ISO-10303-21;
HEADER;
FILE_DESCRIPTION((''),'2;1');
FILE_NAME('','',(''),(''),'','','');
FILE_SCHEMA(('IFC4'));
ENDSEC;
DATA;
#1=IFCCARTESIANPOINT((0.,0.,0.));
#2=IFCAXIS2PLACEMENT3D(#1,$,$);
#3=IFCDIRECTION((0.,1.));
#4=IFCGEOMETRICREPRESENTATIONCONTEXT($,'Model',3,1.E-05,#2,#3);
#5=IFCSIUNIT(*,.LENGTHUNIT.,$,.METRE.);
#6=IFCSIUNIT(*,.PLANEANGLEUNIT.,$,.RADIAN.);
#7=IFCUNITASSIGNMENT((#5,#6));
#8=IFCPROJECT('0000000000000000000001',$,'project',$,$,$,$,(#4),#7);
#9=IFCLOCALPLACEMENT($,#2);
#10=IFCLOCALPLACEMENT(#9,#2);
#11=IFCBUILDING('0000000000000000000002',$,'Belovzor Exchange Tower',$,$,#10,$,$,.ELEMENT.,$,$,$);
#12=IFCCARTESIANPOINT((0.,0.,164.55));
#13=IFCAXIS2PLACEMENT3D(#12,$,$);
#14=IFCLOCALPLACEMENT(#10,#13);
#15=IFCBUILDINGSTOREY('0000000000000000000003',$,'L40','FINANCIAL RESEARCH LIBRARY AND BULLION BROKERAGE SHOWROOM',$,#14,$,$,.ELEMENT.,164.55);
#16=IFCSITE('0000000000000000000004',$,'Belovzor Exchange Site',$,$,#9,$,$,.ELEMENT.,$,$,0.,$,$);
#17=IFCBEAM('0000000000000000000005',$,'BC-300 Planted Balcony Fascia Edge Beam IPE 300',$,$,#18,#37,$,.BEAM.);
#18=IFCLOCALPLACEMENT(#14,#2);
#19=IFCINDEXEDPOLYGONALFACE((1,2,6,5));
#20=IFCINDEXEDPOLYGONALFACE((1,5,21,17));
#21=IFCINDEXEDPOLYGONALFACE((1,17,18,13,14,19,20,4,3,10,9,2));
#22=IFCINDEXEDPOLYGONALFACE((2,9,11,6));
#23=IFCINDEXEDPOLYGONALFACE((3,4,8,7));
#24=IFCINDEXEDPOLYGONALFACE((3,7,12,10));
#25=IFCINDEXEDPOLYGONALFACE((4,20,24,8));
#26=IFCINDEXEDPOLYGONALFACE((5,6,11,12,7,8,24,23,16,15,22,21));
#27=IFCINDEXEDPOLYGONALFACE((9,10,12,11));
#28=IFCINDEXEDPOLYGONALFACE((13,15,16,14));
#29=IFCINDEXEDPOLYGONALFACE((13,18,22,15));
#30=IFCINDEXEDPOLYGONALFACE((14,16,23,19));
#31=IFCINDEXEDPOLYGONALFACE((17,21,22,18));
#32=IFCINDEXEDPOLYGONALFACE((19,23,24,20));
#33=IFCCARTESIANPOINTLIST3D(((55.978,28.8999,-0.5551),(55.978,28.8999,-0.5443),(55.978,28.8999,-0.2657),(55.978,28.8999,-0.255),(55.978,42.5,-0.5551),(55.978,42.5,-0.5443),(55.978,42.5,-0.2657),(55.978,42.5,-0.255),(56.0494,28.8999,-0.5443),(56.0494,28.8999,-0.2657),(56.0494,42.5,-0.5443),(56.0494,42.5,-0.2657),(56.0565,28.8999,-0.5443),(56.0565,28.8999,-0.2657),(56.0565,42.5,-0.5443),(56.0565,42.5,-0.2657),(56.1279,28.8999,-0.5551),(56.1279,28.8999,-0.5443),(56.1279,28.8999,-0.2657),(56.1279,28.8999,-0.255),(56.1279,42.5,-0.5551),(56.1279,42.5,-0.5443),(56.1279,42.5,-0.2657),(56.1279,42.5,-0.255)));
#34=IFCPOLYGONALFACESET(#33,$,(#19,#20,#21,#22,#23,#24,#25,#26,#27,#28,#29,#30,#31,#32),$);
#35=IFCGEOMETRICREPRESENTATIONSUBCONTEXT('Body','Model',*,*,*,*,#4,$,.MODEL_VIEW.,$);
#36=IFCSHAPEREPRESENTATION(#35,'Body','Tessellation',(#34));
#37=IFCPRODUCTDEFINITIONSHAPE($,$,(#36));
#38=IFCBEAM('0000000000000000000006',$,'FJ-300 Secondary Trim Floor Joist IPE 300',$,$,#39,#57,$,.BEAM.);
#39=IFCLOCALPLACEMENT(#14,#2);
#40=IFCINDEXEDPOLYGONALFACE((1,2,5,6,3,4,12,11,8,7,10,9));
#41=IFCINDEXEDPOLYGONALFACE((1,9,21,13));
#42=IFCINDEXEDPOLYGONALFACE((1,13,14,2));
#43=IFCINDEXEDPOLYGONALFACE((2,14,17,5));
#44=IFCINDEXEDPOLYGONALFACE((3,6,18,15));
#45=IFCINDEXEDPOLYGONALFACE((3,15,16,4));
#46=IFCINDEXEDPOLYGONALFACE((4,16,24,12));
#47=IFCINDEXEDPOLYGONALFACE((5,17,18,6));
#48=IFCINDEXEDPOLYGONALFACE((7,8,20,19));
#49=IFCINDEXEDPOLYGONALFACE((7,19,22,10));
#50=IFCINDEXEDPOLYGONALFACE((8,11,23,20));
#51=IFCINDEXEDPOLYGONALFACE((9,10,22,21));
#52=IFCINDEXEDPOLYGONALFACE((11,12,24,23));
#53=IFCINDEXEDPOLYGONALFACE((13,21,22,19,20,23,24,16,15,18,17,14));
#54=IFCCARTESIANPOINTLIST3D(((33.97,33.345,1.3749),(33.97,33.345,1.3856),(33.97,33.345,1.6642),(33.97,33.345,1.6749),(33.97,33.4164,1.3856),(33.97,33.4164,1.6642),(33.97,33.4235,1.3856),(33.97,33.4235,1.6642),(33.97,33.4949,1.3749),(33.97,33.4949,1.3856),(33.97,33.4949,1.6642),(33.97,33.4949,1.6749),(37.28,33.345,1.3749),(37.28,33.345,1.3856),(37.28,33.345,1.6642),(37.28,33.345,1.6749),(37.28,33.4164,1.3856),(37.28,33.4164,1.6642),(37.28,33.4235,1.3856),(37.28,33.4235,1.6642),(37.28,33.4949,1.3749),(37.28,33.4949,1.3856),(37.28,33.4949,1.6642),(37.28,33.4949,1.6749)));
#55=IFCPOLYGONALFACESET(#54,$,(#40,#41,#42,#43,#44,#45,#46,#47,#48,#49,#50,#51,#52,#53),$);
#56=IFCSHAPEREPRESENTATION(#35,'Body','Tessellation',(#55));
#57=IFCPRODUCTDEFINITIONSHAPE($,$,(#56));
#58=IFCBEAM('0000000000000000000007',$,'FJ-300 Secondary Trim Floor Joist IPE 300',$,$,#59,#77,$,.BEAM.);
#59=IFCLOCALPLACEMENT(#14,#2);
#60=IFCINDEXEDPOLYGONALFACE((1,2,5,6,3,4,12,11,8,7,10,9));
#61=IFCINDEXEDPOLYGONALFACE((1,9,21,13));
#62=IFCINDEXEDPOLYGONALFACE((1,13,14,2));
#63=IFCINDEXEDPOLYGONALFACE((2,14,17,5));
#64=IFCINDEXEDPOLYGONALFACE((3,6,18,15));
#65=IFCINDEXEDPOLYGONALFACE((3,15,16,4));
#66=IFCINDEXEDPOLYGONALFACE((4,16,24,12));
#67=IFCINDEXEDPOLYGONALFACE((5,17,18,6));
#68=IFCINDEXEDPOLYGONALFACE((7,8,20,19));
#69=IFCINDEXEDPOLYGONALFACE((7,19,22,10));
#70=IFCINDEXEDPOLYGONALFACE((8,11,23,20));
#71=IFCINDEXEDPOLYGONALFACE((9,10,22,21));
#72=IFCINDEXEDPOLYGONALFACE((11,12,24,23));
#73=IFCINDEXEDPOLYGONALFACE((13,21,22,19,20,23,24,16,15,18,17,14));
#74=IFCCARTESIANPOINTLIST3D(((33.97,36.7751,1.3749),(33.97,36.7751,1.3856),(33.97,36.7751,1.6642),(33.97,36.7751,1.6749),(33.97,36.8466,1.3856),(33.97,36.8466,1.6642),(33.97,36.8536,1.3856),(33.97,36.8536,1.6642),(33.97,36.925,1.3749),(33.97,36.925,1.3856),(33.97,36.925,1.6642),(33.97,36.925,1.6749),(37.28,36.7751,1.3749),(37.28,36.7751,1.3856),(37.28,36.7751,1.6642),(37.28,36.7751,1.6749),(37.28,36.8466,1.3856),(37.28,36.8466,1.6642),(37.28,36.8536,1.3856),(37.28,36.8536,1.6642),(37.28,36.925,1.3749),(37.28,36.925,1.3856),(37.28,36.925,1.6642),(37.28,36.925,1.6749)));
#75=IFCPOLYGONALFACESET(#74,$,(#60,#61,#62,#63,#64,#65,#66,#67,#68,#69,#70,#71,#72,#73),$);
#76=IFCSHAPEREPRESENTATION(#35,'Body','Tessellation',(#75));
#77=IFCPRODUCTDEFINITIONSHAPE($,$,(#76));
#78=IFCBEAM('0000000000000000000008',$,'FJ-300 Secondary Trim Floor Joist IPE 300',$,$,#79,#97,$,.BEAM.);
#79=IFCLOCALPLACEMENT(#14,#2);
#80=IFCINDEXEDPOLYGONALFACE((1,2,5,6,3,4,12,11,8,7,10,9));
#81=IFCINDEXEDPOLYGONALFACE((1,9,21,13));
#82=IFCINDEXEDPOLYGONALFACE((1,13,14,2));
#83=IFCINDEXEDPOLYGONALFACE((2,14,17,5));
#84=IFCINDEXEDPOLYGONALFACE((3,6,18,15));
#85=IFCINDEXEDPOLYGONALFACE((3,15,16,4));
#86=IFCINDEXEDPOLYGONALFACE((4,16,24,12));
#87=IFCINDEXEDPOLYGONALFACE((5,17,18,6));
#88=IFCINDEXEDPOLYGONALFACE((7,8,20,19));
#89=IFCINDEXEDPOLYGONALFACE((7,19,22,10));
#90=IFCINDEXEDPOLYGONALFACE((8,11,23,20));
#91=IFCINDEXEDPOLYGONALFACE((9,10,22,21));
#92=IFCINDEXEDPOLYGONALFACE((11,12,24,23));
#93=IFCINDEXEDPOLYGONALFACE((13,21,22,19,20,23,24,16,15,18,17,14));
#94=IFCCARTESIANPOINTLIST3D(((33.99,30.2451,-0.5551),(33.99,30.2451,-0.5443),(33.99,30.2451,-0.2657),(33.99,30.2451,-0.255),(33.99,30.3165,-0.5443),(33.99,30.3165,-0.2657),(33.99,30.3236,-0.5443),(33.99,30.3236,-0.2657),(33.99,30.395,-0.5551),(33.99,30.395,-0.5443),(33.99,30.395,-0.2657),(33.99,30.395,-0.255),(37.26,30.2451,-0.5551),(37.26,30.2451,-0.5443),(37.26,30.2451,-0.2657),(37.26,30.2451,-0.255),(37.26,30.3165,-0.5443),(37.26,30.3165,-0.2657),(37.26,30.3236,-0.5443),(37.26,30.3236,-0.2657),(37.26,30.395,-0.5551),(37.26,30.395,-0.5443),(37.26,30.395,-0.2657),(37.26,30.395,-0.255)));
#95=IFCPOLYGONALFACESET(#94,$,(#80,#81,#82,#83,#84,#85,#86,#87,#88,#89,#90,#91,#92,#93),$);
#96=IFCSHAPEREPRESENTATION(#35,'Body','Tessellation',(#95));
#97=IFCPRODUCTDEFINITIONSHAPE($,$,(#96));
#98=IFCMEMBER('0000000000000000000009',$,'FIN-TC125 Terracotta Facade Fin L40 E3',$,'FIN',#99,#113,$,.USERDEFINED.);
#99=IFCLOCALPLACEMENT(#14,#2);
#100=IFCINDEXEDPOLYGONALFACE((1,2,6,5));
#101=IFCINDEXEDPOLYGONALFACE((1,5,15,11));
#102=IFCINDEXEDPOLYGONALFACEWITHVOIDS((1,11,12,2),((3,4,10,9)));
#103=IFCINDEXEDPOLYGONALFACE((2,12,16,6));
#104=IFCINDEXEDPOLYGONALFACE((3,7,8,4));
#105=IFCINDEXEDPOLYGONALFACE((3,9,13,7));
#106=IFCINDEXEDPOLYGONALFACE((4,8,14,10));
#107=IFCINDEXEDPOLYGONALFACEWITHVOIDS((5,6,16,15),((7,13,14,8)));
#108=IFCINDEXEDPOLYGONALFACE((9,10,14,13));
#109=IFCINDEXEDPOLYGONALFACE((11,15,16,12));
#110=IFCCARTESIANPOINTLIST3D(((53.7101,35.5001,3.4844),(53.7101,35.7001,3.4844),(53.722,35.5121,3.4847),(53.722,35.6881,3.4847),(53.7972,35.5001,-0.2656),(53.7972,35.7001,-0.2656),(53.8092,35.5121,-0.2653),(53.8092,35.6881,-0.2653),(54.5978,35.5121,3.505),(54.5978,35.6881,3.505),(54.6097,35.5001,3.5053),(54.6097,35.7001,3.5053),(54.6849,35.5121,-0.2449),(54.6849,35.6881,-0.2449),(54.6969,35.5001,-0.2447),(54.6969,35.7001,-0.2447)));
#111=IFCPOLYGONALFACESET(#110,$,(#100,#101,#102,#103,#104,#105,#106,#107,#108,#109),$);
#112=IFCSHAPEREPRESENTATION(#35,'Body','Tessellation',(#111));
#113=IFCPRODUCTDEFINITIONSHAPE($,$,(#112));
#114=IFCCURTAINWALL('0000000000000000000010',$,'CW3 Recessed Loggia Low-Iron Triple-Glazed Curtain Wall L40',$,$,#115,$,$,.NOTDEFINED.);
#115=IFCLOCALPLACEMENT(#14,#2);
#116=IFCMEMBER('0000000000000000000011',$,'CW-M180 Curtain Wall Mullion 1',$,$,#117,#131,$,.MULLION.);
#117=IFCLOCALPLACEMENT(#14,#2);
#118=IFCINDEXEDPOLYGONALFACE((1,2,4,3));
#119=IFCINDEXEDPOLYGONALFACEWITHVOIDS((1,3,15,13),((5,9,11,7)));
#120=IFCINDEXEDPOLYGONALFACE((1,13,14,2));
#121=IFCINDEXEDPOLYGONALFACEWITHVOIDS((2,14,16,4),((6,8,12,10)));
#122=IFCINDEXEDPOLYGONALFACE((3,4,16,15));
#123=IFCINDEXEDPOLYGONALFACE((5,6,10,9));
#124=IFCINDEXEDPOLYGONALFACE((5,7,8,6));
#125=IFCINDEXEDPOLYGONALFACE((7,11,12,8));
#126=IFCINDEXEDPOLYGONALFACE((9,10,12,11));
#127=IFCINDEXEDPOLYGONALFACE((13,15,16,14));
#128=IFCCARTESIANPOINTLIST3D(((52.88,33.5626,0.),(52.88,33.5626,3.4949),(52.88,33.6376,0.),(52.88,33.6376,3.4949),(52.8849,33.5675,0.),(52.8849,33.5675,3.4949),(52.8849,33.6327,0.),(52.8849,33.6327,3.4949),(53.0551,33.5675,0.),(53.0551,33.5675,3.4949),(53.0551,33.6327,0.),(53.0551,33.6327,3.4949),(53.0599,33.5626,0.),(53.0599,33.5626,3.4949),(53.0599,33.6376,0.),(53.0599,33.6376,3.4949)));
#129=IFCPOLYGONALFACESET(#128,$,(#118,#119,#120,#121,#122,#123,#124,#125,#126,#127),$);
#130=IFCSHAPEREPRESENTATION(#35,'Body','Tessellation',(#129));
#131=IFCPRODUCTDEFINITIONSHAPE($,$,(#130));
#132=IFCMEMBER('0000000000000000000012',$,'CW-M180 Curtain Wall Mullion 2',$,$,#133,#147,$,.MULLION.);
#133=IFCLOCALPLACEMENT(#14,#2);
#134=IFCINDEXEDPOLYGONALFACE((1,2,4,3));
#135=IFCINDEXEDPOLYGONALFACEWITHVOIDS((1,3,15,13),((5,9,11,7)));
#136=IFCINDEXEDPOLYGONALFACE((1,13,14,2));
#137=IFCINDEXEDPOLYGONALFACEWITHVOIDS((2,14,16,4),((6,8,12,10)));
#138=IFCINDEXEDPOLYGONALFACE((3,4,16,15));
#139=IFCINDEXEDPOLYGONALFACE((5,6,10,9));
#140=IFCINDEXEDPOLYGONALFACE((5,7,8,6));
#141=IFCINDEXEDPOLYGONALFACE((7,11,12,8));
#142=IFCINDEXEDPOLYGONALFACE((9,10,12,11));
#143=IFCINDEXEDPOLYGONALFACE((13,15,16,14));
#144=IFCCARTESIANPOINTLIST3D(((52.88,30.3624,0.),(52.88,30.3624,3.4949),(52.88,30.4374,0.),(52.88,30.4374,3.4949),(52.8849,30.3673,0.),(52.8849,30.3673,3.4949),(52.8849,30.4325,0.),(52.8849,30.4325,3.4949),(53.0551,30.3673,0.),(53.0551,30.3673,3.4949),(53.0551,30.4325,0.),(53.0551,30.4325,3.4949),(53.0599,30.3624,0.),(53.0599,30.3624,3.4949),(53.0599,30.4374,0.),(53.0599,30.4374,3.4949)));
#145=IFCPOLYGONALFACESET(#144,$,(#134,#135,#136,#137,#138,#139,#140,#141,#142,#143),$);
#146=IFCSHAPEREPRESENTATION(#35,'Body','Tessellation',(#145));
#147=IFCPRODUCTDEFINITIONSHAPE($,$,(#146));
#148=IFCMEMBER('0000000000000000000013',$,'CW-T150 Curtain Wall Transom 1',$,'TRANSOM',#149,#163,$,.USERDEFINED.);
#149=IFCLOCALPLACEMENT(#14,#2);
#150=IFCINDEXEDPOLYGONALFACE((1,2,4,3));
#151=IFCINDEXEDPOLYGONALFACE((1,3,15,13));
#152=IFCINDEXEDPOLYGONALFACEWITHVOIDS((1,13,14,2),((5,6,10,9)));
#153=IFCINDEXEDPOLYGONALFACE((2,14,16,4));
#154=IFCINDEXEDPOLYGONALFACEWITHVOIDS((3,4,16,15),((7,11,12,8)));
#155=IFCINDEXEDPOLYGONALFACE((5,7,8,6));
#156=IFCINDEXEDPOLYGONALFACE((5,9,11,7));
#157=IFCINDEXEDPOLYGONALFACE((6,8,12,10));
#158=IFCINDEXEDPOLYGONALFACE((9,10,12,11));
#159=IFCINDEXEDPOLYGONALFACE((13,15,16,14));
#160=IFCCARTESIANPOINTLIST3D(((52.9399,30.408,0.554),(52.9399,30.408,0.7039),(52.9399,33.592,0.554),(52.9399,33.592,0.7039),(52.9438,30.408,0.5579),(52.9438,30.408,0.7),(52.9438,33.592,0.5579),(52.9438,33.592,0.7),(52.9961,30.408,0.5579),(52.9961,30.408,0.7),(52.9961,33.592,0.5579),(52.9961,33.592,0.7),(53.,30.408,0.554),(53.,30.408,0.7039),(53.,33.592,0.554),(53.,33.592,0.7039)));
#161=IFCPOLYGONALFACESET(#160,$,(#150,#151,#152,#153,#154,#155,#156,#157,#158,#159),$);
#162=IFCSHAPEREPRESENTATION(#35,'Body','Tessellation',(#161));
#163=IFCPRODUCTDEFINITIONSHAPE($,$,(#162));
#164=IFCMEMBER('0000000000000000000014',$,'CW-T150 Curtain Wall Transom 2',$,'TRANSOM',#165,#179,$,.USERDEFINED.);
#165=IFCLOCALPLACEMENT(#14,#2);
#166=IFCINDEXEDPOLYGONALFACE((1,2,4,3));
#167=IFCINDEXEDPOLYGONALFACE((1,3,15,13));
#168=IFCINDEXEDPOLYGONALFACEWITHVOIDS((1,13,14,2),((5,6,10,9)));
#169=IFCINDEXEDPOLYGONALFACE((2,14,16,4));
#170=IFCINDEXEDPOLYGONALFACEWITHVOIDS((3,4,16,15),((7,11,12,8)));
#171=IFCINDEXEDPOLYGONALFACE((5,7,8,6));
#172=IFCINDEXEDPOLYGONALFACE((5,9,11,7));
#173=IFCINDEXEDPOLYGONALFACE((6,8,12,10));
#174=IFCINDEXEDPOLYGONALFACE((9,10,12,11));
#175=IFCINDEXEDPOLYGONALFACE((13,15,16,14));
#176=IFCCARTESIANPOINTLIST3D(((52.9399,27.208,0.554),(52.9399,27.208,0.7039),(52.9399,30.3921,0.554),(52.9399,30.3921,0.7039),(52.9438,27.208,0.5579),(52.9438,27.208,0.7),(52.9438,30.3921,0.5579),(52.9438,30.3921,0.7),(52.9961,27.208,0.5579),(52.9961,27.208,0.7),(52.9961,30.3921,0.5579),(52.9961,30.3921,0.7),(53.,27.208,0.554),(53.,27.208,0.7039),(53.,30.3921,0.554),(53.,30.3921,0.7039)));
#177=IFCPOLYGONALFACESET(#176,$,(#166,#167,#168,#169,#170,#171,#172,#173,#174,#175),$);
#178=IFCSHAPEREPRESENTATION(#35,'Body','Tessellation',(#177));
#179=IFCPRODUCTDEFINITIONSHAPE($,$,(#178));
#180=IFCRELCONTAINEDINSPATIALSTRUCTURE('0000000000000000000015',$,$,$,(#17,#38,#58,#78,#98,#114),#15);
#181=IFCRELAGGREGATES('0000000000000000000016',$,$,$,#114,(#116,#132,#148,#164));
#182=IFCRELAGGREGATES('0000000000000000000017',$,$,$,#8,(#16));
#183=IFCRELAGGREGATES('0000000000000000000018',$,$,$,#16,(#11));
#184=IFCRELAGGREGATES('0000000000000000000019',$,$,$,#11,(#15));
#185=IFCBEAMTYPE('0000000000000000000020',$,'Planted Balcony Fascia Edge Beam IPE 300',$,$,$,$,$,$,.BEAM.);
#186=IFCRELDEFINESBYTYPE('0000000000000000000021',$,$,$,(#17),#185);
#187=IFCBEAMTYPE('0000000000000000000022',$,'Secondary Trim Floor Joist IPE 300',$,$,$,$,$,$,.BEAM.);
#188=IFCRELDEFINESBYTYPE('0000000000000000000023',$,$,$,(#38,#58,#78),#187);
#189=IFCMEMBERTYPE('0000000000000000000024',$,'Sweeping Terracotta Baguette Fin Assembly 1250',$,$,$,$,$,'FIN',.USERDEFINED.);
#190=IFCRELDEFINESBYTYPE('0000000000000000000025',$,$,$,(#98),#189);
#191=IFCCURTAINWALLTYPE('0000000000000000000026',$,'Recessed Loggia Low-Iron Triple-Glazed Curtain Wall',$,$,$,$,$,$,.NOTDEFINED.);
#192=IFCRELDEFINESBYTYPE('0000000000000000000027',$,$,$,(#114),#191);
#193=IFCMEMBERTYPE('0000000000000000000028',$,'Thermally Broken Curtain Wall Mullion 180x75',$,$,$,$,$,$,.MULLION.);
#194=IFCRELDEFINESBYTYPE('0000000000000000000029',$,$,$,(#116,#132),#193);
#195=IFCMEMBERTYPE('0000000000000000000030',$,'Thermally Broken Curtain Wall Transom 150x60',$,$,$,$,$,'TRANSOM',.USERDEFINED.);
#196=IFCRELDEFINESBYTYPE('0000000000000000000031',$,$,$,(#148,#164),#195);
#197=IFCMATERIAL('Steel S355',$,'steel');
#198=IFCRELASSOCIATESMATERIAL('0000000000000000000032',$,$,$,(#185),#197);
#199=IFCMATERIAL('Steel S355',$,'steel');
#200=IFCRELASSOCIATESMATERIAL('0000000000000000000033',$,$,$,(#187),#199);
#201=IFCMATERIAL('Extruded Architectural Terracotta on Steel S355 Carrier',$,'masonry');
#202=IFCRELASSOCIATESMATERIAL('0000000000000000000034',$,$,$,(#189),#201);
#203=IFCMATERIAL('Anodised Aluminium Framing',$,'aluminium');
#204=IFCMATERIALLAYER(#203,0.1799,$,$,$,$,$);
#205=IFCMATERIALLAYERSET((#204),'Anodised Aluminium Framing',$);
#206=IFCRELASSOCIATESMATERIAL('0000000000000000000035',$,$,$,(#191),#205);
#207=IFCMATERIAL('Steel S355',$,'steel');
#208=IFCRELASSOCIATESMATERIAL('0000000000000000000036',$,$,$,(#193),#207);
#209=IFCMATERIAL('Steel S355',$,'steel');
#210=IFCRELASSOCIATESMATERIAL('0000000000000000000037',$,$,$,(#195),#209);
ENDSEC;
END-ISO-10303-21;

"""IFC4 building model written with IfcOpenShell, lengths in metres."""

from ifc_helpers import new_model, si_unit, direction, frame, origin, origin_2d, place, context, subcontext, project, spatial, hollow_rectangle, i_section, extrude, material, layer, layer_set, material_profile, profile_set, type_object, element, aggregate, save


model = new_model("IFC4")

# Units and contexts
model_context = context("Model", 3, precision=1e-05, world=origin(), true_north=direction((0.0, 1.0)))
body_context = subcontext(model_context, "Body", "Model", "MODEL_VIEW")
ifc_project = project(units=[si_unit("LENGTHUNIT", "METRE"), si_unit("PLANEANGLEUNIT", "RADIAN")], contexts=[model_context])

# Site, building, storey
site_placement = place(None, origin())
site = spatial("IfcSite", under=ifc_project, at=site_placement, Name="Belovzor Exchange Site", CompositionType="ELEMENT", RefElevation=0.0)
building_placement = place(site_placement, origin())
building = spatial("IfcBuilding", under=site, at=building_placement, Name="Belovzor Exchange Tower", CompositionType="ELEMENT")
storey_placement = place(building_placement, frame((0.0, 0.0, 164.55)))
storey = spatial("IfcBuildingStorey", under=building, at=storey_placement, Name="L40", Description="FINANCIAL RESEARCH LIBRARY AND BULLION BROKERAGE SHOWROOM", CompositionType="ELEMENT", Elevation=164.55)

# Beams
ifc_material_1 = material(Name="Steel S355", Category="steel")
ifc_material_profile_1 = material_profile(ifc_material_1, i_section(OverallWidth=0.1499, OverallDepth=0.3, WebThickness=0.0071, FlangeThickness=0.0107, at=origin_2d()))
ifc_profile_set_1 = profile_set([ifc_material_profile_1], Name="Steel S355")
beam_type_1 = type_object("IfcBeamType", Name="Planted Balcony Fascia Edge Beam IPE 300", PredefinedType="BEAM", material=ifc_profile_set_1)
beam_1_placement = place(storey_placement, frame((56.053, 28.8999, -0.405), z_axis=(0.0, 1.0, 0.0), x_axis=(-1.0, 0.0, 0.0)))
element("IfcBeam", 1, at=beam_1_placement, inside=storey, type_object=beam_type_1, Name="BC-300 Planted Balcony Fascia Edge Beam IPE 300", PredefinedType="BEAM", context=body_context, shape_type="SweptSolid", body=[
    extrude(i_section(OverallWidth=0.1499, OverallDepth=0.3, WebThickness=0.0071, FlangeThickness=0.0107, at=origin_2d()), origin(), (0.0, 0.0, 1.0), 13.6001),
])
ifc_material_2 = material(Name="Steel S355", Category="steel")
ifc_material_profile_2 = material_profile(ifc_material_2, i_section(OverallWidth=0.1499, OverallDepth=0.3, WebThickness=0.0071, FlangeThickness=0.0107, at=origin_2d()))
ifc_profile_set_2 = profile_set([ifc_material_profile_2], Name="Steel S355")
beam_type_2 = type_object("IfcBeamType", Name="Secondary Trim Floor Joist IPE 300", PredefinedType="BEAM", material=ifc_profile_set_2)
for number, where, z_axis, x_axis, name in (
    (2, (37.28, 33.4199, 1.5249), (-1.0, 0.0, 0.0), (0.0, -1.0, 0.0), "FJ-300 Secondary Trim Floor Joist IPE 300"),
    (3, (37.28, 36.8501, 1.5249), (-1.0, 0.0, 0.0), (0.0, -1.0, 0.0), "FJ-300 Secondary Trim Floor Joist IPE 300"),
):
    element("IfcBeam", number, at=place(storey_placement, frame(where, z_axis=z_axis, x_axis=x_axis)), inside=storey, type_object=beam_type_2, Name=name, PredefinedType="BEAM", context=body_context, shape_type="SweptSolid", body=[
        extrude(i_section(OverallWidth=0.1499, OverallDepth=0.3, WebThickness=0.0071, FlangeThickness=0.0107, at=origin_2d()), origin(), (0.0, 0.0, 1.0), 3.3101),
    ])
beam_2_placement = place(storey_placement, frame((37.26, 30.3201, -0.405), z_axis=(-1.0, 0.0, 0.0), x_axis=(0.0, -1.0, 0.0)))
element("IfcBeam", 4, at=beam_2_placement, inside=storey, type_object=beam_type_2, Name="FJ-300 Secondary Trim Floor Joist IPE 300", PredefinedType="BEAM", context=body_context, shape_type="SweptSolid", body=[
    extrude(i_section(OverallWidth=0.1499, OverallDepth=0.3, WebThickness=0.0071, FlangeThickness=0.0107, at=origin_2d()), origin(), (0.0, 0.0, 1.0), 3.27),
])

# Member
ifc_material_3 = material(Name="Extruded Architectural Terracotta on Steel S355 Carrier", Category="masonry")
ifc_material_profile_3 = material_profile(ifc_material_3, hollow_rectangle(XDim=0.2, YDim=0.8999, WallThickness=0.012, at=origin_2d()))
ifc_profile_set_3 = profile_set([ifc_material_profile_3], Name="Extruded Architectural Terracotta on Steel S355 Carrier")
member_type_1 = type_object("IfcMemberType", Name="Sweeping Terracotta Baguette Fin Assembly 1250", ElementType="FIN", PredefinedType="USERDEFINED", material=ifc_profile_set_3)
member_1_placement = place(storey_placement, frame((54.2471, 35.6001, -0.2551), z_axis=(-0.023236, 0.0, 0.99973), x_axis=(0.0, -1.0, 0.0)))
element("IfcMember", 5, at=member_1_placement, inside=storey, type_object=member_type_1, Name="FIN-TC125 Terracotta Facade Fin L40 E3", ObjectType="FIN", PredefinedType="USERDEFINED", context=body_context, shape_type="SweptSolid", body=[
    extrude(hollow_rectangle(XDim=0.2, YDim=0.8999, WallThickness=0.012, at=origin_2d()), origin(), (0.0, 0.0, 1.0), 3.751),
])

# Curtain wall, members
ifc_material_4 = material(Name="Anodised Aluminium Framing", Category="aluminium")
ifc_layer_1 = layer(ifc_material_4, 0.1799)
ifc_layer_set_1 = layer_set([ifc_layer_1], Name="Anodised Aluminium Framing")
curtain_wall_type = type_object("IfcCurtainWallType", Name="Recessed Loggia Low-Iron Triple-Glazed Curtain Wall", PredefinedType="NOTDEFINED", material=ifc_layer_set_1)
curtain_wall_placement = place(storey_placement, origin())
curtain_wall = element("IfcCurtainWall", 6, at=curtain_wall_placement, inside=storey, type_object=curtain_wall_type, Name="CW3 Recessed Loggia Low-Iron Triple-Glazed Curtain Wall L40", PredefinedType="NOTDEFINED")
ifc_material_5 = material(Name="Steel S355", Category="steel")
ifc_material_profile_4 = material_profile(ifc_material_5, hollow_rectangle(XDim=0.075, YDim=0.1799, WallThickness=0.0049, at=origin_2d()))
ifc_profile_set_4 = profile_set([ifc_material_profile_4], Name="Steel S355")
member_type_2 = type_object("IfcMemberType", Name="Thermally Broken Curtain Wall Mullion 180x75", PredefinedType="MULLION", material=ifc_profile_set_4)
member_2_placement = place(storey_placement, frame((52.97, 33.6001, 0.0), z_axis=(0.0, 0.0, 1.0), x_axis=(0.0, -1.0, 0.0)))
member_2 = element("IfcMember", 7, at=member_2_placement, type_object=member_type_2, Name="CW-M180 Curtain Wall Mullion 1", PredefinedType="MULLION", context=body_context, shape_type="SweptSolid", body=[
    extrude(hollow_rectangle(XDim=0.075, YDim=0.1799, WallThickness=0.0049, at=origin_2d()), origin(), (0.0, 0.0, 1.0), 3.4949),
])
member_3_placement = place(storey_placement, frame((52.97, 30.3999, 0.0), z_axis=(0.0, 0.0, 1.0), x_axis=(0.0, -1.0, 0.0)))
member_3 = element("IfcMember", 8, at=member_3_placement, type_object=member_type_2, Name="CW-M180 Curtain Wall Mullion 2", PredefinedType="MULLION", context=body_context, shape_type="SweptSolid", body=[
    extrude(hollow_rectangle(XDim=0.075, YDim=0.1799, WallThickness=0.0049, at=origin_2d()), origin(), (0.0, 0.0, 1.0), 3.4949),
])
ifc_material_6 = material(Name="Steel S355", Category="steel")
ifc_material_profile_5 = material_profile(ifc_material_6, hollow_rectangle(XDim=0.0601, YDim=0.1499, WallThickness=0.0039, at=origin_2d()))
ifc_profile_set_5 = profile_set([ifc_material_profile_5], Name="Steel S355")
member_type_3 = type_object("IfcMemberType", Name="Thermally Broken Curtain Wall Transom 150x60", ElementType="TRANSOM", PredefinedType="USERDEFINED", material=ifc_profile_set_5)
member_4_placement = place(storey_placement, frame((52.97, 33.592, 0.6289), z_axis=(0.0, -1.0, 0.0), x_axis=(1.0, 0.0, 0.0)))
member_4 = element("IfcMember", 9, at=member_4_placement, type_object=member_type_3, Name="CW-T150 Curtain Wall Transom 1", ObjectType="TRANSOM", PredefinedType="USERDEFINED", context=body_context, shape_type="SweptSolid", body=[
    extrude(hollow_rectangle(XDim=0.0601, YDim=0.1499, WallThickness=0.0039, at=origin_2d()), origin(), (0.0, 0.0, 1.0), 3.1841),
])
member_5_placement = place(storey_placement, frame((52.97, 30.3921, 0.6289), z_axis=(0.0, -1.0, 0.0), x_axis=(1.0, 0.0, 0.0)))
member_5 = element("IfcMember", 10, at=member_5_placement, type_object=member_type_3, Name="CW-T150 Curtain Wall Transom 2", ObjectType="TRANSOM", PredefinedType="USERDEFINED", context=body_context, shape_type="SweptSolid", body=[
    extrude(hollow_rectangle(XDim=0.0601, YDim=0.1499, WallThickness=0.0039, at=origin_2d()), origin(), (0.0, 0.0, 1.0), 3.1841),
])

aggregate(curtain_wall, [member_2, member_3, member_4, member_5])

save(model, "model.ifc")
